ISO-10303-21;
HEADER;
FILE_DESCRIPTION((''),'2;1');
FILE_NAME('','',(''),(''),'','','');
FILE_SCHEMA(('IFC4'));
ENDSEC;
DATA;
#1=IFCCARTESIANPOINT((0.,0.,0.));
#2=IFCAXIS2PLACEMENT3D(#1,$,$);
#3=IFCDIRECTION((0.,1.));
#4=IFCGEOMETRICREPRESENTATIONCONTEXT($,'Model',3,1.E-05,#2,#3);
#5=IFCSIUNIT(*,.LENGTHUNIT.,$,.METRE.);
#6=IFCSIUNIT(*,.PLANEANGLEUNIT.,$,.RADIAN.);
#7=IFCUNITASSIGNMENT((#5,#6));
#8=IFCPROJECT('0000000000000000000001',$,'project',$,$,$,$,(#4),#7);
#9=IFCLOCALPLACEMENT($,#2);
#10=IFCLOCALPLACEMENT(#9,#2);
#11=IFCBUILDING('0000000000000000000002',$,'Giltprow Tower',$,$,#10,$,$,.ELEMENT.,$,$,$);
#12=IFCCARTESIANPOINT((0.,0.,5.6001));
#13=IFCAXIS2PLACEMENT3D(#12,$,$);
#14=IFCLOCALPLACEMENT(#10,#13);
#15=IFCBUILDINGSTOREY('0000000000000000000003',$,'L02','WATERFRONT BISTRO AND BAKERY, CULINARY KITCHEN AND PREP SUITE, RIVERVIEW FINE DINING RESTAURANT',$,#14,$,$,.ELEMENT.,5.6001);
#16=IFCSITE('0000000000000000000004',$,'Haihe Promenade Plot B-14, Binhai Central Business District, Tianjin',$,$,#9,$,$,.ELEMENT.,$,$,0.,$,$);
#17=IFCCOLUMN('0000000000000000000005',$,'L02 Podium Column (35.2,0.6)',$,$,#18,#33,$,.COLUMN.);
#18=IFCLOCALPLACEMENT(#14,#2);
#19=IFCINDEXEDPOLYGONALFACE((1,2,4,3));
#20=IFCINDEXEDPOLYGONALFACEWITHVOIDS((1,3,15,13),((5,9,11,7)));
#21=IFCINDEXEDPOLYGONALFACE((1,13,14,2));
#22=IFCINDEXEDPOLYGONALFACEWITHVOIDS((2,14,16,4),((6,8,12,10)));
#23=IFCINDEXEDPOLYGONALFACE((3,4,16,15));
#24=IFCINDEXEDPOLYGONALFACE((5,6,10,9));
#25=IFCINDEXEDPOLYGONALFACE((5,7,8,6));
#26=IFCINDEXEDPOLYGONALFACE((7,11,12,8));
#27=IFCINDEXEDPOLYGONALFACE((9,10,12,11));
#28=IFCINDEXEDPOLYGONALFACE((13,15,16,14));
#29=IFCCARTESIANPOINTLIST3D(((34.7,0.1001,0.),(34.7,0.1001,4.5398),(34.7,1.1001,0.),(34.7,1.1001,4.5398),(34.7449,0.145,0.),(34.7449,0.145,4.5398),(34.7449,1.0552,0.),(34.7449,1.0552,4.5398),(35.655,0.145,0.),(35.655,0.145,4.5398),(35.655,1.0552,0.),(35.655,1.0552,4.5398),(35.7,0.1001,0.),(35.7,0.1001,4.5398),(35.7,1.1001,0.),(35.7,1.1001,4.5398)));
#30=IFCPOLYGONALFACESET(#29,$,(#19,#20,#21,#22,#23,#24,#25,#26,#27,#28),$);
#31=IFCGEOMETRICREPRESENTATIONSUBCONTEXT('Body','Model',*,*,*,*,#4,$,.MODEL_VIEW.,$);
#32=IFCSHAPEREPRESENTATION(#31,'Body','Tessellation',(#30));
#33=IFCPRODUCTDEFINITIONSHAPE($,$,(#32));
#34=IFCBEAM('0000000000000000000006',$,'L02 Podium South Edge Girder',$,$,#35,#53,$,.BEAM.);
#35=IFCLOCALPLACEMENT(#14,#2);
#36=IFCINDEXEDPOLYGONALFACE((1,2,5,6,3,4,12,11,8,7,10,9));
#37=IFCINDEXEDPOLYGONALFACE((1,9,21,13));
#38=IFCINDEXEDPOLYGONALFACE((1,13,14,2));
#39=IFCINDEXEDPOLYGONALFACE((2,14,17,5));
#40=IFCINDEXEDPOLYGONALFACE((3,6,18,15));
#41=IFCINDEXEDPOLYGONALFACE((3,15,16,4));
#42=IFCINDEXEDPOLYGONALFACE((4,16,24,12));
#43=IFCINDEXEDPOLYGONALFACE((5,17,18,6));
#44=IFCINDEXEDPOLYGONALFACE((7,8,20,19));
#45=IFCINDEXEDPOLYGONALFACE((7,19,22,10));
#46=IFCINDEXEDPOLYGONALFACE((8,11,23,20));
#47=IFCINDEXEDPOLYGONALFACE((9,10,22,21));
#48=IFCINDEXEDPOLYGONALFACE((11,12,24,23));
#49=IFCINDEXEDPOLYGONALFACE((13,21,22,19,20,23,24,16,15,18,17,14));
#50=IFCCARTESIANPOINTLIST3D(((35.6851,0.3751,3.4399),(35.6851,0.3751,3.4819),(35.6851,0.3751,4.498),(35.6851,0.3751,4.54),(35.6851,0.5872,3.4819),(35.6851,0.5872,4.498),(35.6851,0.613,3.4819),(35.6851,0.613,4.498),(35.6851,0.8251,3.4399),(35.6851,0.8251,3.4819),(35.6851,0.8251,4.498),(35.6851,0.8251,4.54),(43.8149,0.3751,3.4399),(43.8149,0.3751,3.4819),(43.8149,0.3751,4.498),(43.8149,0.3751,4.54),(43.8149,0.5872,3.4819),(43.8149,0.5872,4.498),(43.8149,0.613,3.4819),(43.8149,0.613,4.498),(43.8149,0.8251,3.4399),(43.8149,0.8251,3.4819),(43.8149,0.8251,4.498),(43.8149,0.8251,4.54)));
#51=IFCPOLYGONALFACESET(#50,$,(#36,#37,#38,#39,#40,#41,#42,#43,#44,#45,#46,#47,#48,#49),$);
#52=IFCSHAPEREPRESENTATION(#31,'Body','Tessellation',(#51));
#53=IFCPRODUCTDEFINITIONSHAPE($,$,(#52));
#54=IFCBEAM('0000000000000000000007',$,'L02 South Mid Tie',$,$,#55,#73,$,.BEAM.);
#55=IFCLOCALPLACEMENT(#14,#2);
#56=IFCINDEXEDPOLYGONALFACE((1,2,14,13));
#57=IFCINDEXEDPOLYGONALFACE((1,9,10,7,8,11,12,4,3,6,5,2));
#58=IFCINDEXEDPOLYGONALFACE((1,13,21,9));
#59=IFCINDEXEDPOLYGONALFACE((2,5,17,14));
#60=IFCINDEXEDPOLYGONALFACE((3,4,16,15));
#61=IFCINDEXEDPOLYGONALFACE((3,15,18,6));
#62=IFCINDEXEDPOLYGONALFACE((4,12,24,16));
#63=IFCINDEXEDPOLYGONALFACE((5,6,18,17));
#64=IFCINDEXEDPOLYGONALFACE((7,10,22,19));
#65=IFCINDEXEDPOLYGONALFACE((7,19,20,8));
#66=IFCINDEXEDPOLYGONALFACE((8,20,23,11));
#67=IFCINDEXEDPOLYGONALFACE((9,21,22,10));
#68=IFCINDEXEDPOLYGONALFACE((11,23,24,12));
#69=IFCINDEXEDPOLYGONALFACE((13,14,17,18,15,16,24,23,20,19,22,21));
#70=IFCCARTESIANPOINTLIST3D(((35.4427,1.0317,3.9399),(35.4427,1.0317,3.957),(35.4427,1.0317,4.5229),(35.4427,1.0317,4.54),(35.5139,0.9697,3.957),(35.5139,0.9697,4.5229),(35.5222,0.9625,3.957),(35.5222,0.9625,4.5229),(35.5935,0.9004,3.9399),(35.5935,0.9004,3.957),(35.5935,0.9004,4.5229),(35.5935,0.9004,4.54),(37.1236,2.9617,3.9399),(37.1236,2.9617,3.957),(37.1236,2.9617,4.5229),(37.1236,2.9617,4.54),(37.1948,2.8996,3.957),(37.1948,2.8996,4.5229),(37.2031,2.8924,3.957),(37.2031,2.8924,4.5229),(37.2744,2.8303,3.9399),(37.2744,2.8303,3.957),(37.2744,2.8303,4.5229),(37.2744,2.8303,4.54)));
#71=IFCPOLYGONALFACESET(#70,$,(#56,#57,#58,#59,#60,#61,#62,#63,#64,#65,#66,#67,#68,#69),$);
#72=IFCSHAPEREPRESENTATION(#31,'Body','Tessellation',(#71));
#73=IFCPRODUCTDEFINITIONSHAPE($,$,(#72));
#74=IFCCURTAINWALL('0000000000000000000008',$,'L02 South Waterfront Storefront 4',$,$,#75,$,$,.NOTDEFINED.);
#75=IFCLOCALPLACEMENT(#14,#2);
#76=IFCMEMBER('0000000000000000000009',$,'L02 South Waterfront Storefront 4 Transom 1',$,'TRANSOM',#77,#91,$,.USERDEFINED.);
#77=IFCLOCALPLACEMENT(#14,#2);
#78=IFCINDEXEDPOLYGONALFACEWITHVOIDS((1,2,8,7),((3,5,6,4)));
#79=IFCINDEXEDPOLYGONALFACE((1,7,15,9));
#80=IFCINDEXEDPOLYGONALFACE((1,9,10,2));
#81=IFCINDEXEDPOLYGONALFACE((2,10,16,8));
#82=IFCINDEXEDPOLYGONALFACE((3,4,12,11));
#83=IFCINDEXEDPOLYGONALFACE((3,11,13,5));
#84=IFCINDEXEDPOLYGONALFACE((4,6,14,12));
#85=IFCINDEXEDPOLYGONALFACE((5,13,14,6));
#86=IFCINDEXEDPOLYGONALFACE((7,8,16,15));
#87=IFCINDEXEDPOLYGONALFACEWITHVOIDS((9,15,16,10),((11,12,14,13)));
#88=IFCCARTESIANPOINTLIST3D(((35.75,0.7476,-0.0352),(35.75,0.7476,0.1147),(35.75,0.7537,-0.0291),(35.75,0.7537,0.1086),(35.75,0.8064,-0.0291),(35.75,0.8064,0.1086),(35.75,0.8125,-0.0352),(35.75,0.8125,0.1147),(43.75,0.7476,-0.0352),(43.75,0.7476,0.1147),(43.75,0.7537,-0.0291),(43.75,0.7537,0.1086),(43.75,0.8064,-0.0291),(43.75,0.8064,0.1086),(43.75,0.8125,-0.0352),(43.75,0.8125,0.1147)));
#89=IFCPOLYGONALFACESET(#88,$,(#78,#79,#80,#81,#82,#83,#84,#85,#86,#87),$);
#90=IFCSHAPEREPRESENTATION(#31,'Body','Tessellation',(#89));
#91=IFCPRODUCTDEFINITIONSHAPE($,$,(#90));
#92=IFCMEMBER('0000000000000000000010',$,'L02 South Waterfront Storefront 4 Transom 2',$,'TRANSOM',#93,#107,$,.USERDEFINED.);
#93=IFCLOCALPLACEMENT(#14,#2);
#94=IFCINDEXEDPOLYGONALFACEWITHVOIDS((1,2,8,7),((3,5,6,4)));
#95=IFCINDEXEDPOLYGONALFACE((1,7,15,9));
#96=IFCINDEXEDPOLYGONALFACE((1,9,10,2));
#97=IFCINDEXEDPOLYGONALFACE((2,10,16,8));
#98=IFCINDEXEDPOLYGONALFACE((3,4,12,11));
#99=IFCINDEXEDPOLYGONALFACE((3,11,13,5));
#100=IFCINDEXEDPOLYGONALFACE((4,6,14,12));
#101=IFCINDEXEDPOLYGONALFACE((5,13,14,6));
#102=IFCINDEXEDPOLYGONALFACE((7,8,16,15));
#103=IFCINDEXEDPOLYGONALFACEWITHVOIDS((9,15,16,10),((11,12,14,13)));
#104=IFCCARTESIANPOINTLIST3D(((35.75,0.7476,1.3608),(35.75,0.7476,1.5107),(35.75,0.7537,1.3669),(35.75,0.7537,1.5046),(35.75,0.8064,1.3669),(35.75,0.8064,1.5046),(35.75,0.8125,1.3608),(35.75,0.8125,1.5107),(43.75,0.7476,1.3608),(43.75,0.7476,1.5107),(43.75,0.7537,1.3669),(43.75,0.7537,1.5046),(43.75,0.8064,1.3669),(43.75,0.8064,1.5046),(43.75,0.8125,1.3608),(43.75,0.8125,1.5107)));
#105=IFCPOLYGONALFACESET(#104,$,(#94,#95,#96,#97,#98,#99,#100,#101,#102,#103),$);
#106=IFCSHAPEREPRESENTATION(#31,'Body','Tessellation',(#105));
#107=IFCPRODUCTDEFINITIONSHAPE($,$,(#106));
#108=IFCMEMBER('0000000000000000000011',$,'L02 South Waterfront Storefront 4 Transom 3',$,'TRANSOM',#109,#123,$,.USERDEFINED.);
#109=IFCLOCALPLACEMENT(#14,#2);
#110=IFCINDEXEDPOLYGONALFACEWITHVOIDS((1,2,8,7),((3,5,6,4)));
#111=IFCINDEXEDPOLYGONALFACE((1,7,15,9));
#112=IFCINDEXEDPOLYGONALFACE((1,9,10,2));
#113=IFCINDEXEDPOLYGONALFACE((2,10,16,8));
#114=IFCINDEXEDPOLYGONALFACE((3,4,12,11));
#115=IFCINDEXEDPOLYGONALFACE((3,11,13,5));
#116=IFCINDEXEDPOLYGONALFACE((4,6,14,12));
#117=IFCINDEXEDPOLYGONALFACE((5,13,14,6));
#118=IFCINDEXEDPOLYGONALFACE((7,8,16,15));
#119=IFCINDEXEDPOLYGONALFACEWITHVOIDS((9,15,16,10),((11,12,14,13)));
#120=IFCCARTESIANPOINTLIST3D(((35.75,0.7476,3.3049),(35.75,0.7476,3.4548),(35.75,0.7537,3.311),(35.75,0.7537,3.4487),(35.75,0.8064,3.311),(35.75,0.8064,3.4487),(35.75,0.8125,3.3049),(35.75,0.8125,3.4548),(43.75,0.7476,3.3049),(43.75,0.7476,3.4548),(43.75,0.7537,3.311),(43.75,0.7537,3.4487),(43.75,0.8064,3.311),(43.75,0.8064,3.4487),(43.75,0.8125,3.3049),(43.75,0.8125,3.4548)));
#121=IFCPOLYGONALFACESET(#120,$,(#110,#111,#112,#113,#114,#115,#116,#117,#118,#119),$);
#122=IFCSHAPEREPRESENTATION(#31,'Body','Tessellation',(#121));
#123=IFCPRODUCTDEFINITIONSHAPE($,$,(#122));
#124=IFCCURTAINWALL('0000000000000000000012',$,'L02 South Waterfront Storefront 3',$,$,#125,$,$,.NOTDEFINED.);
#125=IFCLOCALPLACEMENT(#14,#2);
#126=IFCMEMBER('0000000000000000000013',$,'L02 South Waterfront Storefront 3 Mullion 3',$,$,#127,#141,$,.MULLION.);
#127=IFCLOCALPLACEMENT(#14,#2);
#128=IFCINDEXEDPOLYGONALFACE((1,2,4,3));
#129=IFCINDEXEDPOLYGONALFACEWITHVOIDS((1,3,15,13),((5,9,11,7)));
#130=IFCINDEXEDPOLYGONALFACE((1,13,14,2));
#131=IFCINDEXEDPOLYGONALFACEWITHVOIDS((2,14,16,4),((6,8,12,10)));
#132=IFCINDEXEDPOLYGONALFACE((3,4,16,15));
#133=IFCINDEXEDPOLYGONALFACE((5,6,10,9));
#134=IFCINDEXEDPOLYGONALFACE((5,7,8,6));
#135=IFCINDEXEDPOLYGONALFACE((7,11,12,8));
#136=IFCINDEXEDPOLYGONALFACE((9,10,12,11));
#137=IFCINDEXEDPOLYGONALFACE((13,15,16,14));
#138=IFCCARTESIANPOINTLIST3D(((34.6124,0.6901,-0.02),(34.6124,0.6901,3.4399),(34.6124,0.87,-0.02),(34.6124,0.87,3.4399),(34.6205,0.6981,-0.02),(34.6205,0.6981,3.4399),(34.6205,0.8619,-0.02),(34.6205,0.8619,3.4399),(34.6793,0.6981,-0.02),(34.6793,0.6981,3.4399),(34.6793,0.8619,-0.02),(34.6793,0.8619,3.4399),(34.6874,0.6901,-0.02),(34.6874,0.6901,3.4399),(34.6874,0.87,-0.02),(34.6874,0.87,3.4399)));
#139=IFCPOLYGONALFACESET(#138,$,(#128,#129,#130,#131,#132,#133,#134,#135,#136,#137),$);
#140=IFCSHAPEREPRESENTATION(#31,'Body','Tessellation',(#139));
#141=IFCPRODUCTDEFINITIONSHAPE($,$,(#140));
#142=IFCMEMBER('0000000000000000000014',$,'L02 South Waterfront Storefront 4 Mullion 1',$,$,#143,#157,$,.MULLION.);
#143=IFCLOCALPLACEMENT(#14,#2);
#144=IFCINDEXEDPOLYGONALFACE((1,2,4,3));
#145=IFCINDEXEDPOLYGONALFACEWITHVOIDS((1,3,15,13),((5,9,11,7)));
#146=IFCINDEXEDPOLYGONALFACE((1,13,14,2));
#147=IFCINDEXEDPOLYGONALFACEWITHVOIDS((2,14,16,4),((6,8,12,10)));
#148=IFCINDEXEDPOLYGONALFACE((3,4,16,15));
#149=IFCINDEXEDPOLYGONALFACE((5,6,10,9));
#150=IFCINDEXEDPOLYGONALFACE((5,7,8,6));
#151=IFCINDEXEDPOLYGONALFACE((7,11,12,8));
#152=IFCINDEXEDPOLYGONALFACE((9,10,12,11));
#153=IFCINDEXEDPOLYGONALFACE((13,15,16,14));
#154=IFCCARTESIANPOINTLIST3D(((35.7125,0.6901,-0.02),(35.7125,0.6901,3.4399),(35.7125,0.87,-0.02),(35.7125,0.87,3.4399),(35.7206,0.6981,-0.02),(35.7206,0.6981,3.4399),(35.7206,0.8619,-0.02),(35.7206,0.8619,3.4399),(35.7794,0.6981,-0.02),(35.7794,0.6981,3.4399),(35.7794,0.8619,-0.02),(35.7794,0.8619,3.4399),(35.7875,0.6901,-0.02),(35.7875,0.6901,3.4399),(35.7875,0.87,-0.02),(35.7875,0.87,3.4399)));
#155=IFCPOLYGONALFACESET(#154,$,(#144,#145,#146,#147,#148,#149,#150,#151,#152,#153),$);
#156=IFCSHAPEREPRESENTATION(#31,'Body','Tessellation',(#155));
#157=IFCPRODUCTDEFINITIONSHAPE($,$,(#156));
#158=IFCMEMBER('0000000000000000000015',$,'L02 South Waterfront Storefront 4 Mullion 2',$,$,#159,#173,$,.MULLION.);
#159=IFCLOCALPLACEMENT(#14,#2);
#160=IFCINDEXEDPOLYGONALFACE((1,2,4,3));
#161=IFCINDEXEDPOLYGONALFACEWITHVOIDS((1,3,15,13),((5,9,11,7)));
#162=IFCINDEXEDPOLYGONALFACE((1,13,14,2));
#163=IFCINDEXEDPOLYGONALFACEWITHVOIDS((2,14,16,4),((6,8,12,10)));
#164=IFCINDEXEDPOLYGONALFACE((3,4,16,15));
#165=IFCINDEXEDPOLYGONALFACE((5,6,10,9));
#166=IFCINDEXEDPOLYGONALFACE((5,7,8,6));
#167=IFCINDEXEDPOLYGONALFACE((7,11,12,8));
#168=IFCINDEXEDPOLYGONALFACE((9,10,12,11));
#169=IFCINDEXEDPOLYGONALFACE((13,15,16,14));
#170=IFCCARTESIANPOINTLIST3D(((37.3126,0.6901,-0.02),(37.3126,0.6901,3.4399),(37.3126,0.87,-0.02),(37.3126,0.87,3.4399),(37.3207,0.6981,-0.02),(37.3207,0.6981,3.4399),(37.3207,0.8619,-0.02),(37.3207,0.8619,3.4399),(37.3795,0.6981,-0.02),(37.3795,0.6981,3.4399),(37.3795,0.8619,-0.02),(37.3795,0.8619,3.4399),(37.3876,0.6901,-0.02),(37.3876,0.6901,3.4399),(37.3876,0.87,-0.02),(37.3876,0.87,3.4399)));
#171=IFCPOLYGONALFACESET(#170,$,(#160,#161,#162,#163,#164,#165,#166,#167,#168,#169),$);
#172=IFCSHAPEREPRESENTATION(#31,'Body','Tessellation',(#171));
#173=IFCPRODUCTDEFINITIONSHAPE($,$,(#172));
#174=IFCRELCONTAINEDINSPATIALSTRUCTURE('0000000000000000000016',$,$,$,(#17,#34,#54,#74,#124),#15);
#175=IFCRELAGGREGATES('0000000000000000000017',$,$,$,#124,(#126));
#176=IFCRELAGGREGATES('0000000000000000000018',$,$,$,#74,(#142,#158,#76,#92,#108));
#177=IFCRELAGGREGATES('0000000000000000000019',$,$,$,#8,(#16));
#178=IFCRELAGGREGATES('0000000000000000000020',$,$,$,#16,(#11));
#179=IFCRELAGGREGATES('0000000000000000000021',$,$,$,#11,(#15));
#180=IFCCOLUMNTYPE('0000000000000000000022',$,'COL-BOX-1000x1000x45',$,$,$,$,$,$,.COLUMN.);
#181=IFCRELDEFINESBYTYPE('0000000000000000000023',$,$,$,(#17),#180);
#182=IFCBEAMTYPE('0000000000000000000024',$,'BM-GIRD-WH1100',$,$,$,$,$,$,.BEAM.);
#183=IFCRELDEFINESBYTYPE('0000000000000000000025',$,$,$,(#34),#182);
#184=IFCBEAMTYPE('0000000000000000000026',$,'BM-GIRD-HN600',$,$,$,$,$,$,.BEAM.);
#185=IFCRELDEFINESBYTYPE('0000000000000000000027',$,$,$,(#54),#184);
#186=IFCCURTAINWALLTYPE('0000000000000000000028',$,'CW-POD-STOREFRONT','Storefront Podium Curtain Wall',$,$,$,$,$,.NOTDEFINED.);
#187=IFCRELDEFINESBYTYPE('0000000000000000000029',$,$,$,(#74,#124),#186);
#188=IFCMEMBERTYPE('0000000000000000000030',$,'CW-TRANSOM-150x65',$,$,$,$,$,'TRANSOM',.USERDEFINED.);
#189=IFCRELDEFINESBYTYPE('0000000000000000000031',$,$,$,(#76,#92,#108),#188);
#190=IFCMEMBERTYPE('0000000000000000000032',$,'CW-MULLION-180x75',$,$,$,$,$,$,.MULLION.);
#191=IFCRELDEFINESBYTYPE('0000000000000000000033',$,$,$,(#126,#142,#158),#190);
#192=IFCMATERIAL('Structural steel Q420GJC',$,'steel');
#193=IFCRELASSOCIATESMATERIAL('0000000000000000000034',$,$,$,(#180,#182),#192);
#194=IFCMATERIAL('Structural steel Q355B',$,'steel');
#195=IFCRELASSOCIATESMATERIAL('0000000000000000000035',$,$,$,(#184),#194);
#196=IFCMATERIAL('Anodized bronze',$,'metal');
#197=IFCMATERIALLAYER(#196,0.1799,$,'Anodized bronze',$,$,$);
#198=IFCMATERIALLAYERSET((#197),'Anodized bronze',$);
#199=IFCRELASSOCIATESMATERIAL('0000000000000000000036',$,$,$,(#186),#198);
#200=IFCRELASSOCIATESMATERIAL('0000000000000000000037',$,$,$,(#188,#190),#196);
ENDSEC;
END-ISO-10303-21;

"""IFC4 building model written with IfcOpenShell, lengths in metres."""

from ifc_helpers import new_model, si_unit, direction, frame, origin, origin_2d, place, context, subcontext, project, spatial, hollow_rectangle, i_section, extrude, source, transform, mapped, material, layer, layer_set, material_profile, profile_set, type_object, element, aggregate, save


model = new_model("IFC4")

# Units and contexts
model_context = context("Model", 3, precision=1e-05, world=origin(), true_north=direction((0.0, 1.0)))
body_context = subcontext(model_context, "Body", "Model", "MODEL_VIEW")
ifc_project = project(units=[si_unit("LENGTHUNIT", "METRE"), si_unit("PLANEANGLEUNIT", "RADIAN")], contexts=[model_context])

# Site, building, storey
site_placement = place(None, origin())
site = spatial("IfcSite", under=ifc_project, at=site_placement, Name="Haihe Promenade Plot B-14, Binhai Central Business District, Tianjin", CompositionType="ELEMENT", RefElevation=0.0)
building_placement = place(site_placement, origin())
building = spatial("IfcBuilding", under=site, at=building_placement, Name="Giltprow Tower", CompositionType="ELEMENT")
storey_placement = place(building_placement, frame((0.0, 0.0, 5.6001)))
storey = spatial("IfcBuildingStorey", under=building, at=storey_placement, Name="L02", Description="WATERFRONT BISTRO AND BAKERY, CULINARY KITCHEN AND PREP SUITE, RIVERVIEW FINE DINING RESTAURANT", CompositionType="ELEMENT", Elevation=5.6001)

# Column
ifc_material_1 = material(Name="Structural steel Q420GJC", Category="steel")
ifc_material_profile_1 = material_profile(ifc_material_1, hollow_rectangle(XDim=1.0, YDim=1.0, WallThickness=0.0449, at=origin_2d()), Name="BOX 1000x1000x45")
ifc_profile_set_1 = profile_set([ifc_material_profile_1], Name="Structural steel Q420GJC")
column_type = type_object("IfcColumnType", Name="COL-BOX-1000x1000x45", PredefinedType="COLUMN", material=ifc_profile_set_1)
shared_shape_1 = source(origin(), body_context, "Body", "SweptSolid", [
    extrude(hollow_rectangle(XDim=1.0, YDim=1.0, WallThickness=0.0449, at=origin_2d()), origin(), (0.0, 0.0, 1.0), 4.5398),
])
column_placement = place(storey_placement, frame((35.2, 0.6001, 0.0), z_axis=(0.0, 0.0, 1.0), x_axis=(1.0, 0.0, 0.0)))
element("IfcColumn", 1, at=column_placement, inside=storey, type_object=column_type, Name="L02 Podium Column (35.2,0.6)", PredefinedType="COLUMN", context=body_context, shape_type="MappedRepresentation", body=[
    mapped(shared_shape_1, transform((0.0, 0.0, 0.0), x_axis=(1.0, 0.0, 0.0), y_axis=(0.0, 1.0, 0.0), z_axis=(0.0, 0.0, 1.0), scale=1.0)),
])

# Beams
ifc_material_profile_2 = material_profile(ifc_material_1, i_section(OverallWidth=0.45, OverallDepth=1.1001, WebThickness=0.0259, FlangeThickness=0.042, at=origin_2d()), Name="WH 1100x450x26x42")
ifc_profile_set_2 = profile_set([ifc_material_profile_2], Name="Structural steel Q420GJC")
beam_type_1 = type_object("IfcBeamType", Name="BM-GIRD-WH1100", PredefinedType="BEAM", material=ifc_profile_set_2)
shared_shape_2 = source(origin(), body_context, "Body", "SweptSolid", [
    extrude(i_section(OverallWidth=0.45, OverallDepth=1.1001, WebThickness=0.0259, FlangeThickness=0.042, at=origin_2d()), origin(), (0.0, 0.0, 1.0), 8.1299),
])
beam_1_placement = place(storey_placement, frame((35.6851, 0.6001, 3.99), z_axis=(1.0, 0.0, 0.0), x_axis=(0.0, 1.0, 0.0)))
element("IfcBeam", 2, at=beam_1_placement, inside=storey, type_object=beam_type_1, Name="L02 Podium South Edge Girder", PredefinedType="BEAM", context=body_context, shape_type="MappedRepresentation", body=[
    mapped(shared_shape_2, transform((0.0, 0.0, 0.0), x_axis=(1.0, 0.0, 0.0), y_axis=(0.0, 1.0, 0.0), z_axis=(0.0, 0.0, 1.0), scale=1.0)),
])
ifc_material_2 = material(Name="Structural steel Q355B", Category="steel")
ifc_material_profile_3 = material_profile(ifc_material_2, i_section(OverallWidth=0.2, OverallDepth=0.6001, WebThickness=0.011, FlangeThickness=0.0171, at=origin_2d()), Name="HN 600x200x11x17")
ifc_profile_set_3 = profile_set([ifc_material_profile_3], Name="Structural steel Q355B")
beam_type_2 = type_object("IfcBeamType", Name="BM-GIRD-HN600", PredefinedType="BEAM", material=ifc_profile_set_3)
shared_shape_3 = source(origin(), body_context, "Body", "SweptSolid", [
    extrude(i_section(OverallWidth=0.2, OverallDepth=0.6001, WebThickness=0.011, FlangeThickness=0.0171, at=origin_2d()), origin(), (0.0, 0.0, 1.0), 2.5593),
])
beam_2_placement = place(storey_placement, frame((35.5181, 0.9661, 4.24), z_axis=(0.656781, 0.754082, 0.0), x_axis=(-0.754082, 0.656781, 0.0)))
element("IfcBeam", 3, at=beam_2_placement, inside=storey, type_object=beam_type_2, Name="L02 South Mid Tie", PredefinedType="BEAM", context=body_context, shape_type="MappedRepresentation", body=[
    mapped(shared_shape_3, transform((0.0, 0.0, 0.0), x_axis=(1.0, 0.0, 0.0), y_axis=(0.0, 1.0, 0.0), z_axis=(0.0, 0.0, 1.0), scale=1.0)),
])

# Curtain wall, members
ifc_material_3 = material(Name="Anodized bronze", Category="metal")
ifc_layer = layer(ifc_material_3, 0.1799, Name="Anodized bronze")
ifc_layer_set = layer_set([ifc_layer], Name="Anodized bronze")
curtain_wall_type = type_object("IfcCurtainWallType", Name="CW-POD-STOREFRONT", Description="Storefront Podium Curtain Wall", PredefinedType="NOTDEFINED", material=ifc_layer_set)
curtain_wall_1_placement = place(storey_placement, origin())
curtain_wall_1 = element("IfcCurtainWall", 4, at=curtain_wall_1_placement, inside=storey, type_object=curtain_wall_type, Name="L02 South Waterfront Storefront 4", PredefinedType="NOTDEFINED")
ifc_material_profile_4 = material_profile(ifc_material_3, hollow_rectangle(XDim=0.0649, YDim=0.1499, WallThickness=0.0061, at=origin_2d()), Name="RHS 150x65x6")
ifc_profile_set_4 = profile_set([ifc_material_profile_4], Name="Anodized bronze")
member_type_1 = type_object("IfcMemberType", Name="CW-TRANSOM-150x65", ElementType="TRANSOM", PredefinedType="USERDEFINED", material=ifc_profile_set_4)
shared_shape_4 = source(origin(), body_context, "Body", "SweptSolid", [
    extrude(hollow_rectangle(XDim=0.0649, YDim=0.1499, WallThickness=0.0061, at=origin_2d()), origin(), (0.0, 0.0, 1.0), 8.0),
])
member_1_placement = place(storey_placement, frame((35.75, 0.78, 0.0398), z_axis=(1.0, 0.0, 0.0), x_axis=(0.0, 1.0, 0.0)))
member_1 = element("IfcMember", 5, at=member_1_placement, type_object=member_type_1, Name="L02 South Waterfront Storefront 4 Transom 1", ObjectType="TRANSOM", PredefinedType="USERDEFINED", context=body_context, shape_type="MappedRepresentation", body=[
    mapped(shared_shape_4, transform((0.0, 0.0, 0.0), x_axis=(1.0, 0.0, 0.0), y_axis=(0.0, 1.0, 0.0), z_axis=(0.0, 0.0, 1.0), scale=1.0)),
])
member_2_placement = place(storey_placement, frame((35.75, 0.78, 1.4358), z_axis=(1.0, 0.0, 0.0), x_axis=(0.0, 1.0, 0.0)))
member_2 = element("IfcMember", 6, at=member_2_placement, type_object=member_type_1, Name="L02 South Waterfront Storefront 4 Transom 2", ObjectType="TRANSOM", PredefinedType="USERDEFINED", context=body_context, shape_type="MappedRepresentation", body=[
    mapped(shared_shape_4, transform((0.0, 0.0, 0.0), x_axis=(1.0, 0.0, 0.0), y_axis=(0.0, 1.0, 0.0), z_axis=(0.0, 0.0, 1.0), scale=1.0)),
])
member_3_placement = place(storey_placement, frame((35.75, 0.78, 3.3799), z_axis=(1.0, 0.0, 0.0), x_axis=(0.0, 1.0, 0.0)))
member_3 = element("IfcMember", 7, at=member_3_placement, type_object=member_type_1, Name="L02 South Waterfront Storefront 4 Transom 3", ObjectType="TRANSOM", PredefinedType="USERDEFINED", context=body_context, shape_type="MappedRepresentation", body=[
    mapped(shared_shape_4, transform((0.0, 0.0, 0.0), x_axis=(1.0, 0.0, 0.0), y_axis=(0.0, 1.0, 0.0), z_axis=(0.0, 0.0, 1.0), scale=1.0)),
])

# Curtain wall, member
curtain_wall_2_placement = place(storey_placement, origin())
curtain_wall_2 = element("IfcCurtainWall", 8, at=curtain_wall_2_placement, inside=storey, type_object=curtain_wall_type, Name="L02 South Waterfront Storefront 3", PredefinedType="NOTDEFINED")
ifc_material_profile_5 = material_profile(ifc_material_3, hollow_rectangle(XDim=0.075, YDim=0.1799, WallThickness=0.0081, at=origin_2d()), Name="RHS 180x75x8")
ifc_profile_set_5 = profile_set([ifc_material_profile_5], Name="Anodized bronze")
member_type_2 = type_object("IfcMemberType", Name="CW-MULLION-180x75", PredefinedType="MULLION", material=ifc_profile_set_5)
shared_shape_5 = source(origin(), body_context, "Body", "SweptSolid", [
    extrude(hollow_rectangle(XDim=0.075, YDim=0.1799, WallThickness=0.0081, at=origin_2d()), origin(), (0.0, 0.0, 1.0), 3.46),
])
member_4_placement = place(storey_placement, frame((34.6499, 0.78, -0.02), z_axis=(0.0, 0.0, 1.0), x_axis=(1.0, 0.0, 0.0)))
member_4 = element("IfcMember", 9, at=member_4_placement, type_object=member_type_2, Name="L02 South Waterfront Storefront 3 Mullion 3", PredefinedType="MULLION", context=body_context, shape_type="MappedRepresentation", body=[
    mapped(shared_shape_5, transform((0.0, 0.0, 0.0), x_axis=(1.0, 0.0, 0.0), y_axis=(0.0, 1.0, 0.0), z_axis=(0.0, 0.0, 1.0), scale=1.0)),
])

# Members
member_5_placement = place(storey_placement, frame((35.75, 0.78, -0.02), z_axis=(0.0, 0.0, 1.0), x_axis=(1.0, 0.0, 0.0)))
member_5 = element("IfcMember", 10, at=member_5_placement, type_object=member_type_2, Name="L02 South Waterfront Storefront 4 Mullion 1", PredefinedType="MULLION", context=body_context, shape_type="MappedRepresentation", body=[
    mapped(shared_shape_5, transform((0.0, 0.0, 0.0), x_axis=(1.0, 0.0, 0.0), y_axis=(0.0, 1.0, 0.0), z_axis=(0.0, 0.0, 1.0), scale=1.0)),
])
member_6_placement = place(storey_placement, frame((37.3501, 0.78, -0.02), z_axis=(0.0, 0.0, 1.0), x_axis=(1.0, 0.0, 0.0)))
member_6 = element("IfcMember", 11, at=member_6_placement, type_object=member_type_2, Name="L02 South Waterfront Storefront 4 Mullion 2", PredefinedType="MULLION", context=body_context, shape_type="MappedRepresentation", body=[
    mapped(shared_shape_5, transform((0.0, 0.0, 0.0), x_axis=(1.0, 0.0, 0.0), y_axis=(0.0, 1.0, 0.0), z_axis=(0.0, 0.0, 1.0), scale=1.0)),
])

aggregate(curtain_wall_2, [member_4])
aggregate(curtain_wall_1, [member_5, member_6, member_1, member_2, member_3])

save(model, "model.ifc")
